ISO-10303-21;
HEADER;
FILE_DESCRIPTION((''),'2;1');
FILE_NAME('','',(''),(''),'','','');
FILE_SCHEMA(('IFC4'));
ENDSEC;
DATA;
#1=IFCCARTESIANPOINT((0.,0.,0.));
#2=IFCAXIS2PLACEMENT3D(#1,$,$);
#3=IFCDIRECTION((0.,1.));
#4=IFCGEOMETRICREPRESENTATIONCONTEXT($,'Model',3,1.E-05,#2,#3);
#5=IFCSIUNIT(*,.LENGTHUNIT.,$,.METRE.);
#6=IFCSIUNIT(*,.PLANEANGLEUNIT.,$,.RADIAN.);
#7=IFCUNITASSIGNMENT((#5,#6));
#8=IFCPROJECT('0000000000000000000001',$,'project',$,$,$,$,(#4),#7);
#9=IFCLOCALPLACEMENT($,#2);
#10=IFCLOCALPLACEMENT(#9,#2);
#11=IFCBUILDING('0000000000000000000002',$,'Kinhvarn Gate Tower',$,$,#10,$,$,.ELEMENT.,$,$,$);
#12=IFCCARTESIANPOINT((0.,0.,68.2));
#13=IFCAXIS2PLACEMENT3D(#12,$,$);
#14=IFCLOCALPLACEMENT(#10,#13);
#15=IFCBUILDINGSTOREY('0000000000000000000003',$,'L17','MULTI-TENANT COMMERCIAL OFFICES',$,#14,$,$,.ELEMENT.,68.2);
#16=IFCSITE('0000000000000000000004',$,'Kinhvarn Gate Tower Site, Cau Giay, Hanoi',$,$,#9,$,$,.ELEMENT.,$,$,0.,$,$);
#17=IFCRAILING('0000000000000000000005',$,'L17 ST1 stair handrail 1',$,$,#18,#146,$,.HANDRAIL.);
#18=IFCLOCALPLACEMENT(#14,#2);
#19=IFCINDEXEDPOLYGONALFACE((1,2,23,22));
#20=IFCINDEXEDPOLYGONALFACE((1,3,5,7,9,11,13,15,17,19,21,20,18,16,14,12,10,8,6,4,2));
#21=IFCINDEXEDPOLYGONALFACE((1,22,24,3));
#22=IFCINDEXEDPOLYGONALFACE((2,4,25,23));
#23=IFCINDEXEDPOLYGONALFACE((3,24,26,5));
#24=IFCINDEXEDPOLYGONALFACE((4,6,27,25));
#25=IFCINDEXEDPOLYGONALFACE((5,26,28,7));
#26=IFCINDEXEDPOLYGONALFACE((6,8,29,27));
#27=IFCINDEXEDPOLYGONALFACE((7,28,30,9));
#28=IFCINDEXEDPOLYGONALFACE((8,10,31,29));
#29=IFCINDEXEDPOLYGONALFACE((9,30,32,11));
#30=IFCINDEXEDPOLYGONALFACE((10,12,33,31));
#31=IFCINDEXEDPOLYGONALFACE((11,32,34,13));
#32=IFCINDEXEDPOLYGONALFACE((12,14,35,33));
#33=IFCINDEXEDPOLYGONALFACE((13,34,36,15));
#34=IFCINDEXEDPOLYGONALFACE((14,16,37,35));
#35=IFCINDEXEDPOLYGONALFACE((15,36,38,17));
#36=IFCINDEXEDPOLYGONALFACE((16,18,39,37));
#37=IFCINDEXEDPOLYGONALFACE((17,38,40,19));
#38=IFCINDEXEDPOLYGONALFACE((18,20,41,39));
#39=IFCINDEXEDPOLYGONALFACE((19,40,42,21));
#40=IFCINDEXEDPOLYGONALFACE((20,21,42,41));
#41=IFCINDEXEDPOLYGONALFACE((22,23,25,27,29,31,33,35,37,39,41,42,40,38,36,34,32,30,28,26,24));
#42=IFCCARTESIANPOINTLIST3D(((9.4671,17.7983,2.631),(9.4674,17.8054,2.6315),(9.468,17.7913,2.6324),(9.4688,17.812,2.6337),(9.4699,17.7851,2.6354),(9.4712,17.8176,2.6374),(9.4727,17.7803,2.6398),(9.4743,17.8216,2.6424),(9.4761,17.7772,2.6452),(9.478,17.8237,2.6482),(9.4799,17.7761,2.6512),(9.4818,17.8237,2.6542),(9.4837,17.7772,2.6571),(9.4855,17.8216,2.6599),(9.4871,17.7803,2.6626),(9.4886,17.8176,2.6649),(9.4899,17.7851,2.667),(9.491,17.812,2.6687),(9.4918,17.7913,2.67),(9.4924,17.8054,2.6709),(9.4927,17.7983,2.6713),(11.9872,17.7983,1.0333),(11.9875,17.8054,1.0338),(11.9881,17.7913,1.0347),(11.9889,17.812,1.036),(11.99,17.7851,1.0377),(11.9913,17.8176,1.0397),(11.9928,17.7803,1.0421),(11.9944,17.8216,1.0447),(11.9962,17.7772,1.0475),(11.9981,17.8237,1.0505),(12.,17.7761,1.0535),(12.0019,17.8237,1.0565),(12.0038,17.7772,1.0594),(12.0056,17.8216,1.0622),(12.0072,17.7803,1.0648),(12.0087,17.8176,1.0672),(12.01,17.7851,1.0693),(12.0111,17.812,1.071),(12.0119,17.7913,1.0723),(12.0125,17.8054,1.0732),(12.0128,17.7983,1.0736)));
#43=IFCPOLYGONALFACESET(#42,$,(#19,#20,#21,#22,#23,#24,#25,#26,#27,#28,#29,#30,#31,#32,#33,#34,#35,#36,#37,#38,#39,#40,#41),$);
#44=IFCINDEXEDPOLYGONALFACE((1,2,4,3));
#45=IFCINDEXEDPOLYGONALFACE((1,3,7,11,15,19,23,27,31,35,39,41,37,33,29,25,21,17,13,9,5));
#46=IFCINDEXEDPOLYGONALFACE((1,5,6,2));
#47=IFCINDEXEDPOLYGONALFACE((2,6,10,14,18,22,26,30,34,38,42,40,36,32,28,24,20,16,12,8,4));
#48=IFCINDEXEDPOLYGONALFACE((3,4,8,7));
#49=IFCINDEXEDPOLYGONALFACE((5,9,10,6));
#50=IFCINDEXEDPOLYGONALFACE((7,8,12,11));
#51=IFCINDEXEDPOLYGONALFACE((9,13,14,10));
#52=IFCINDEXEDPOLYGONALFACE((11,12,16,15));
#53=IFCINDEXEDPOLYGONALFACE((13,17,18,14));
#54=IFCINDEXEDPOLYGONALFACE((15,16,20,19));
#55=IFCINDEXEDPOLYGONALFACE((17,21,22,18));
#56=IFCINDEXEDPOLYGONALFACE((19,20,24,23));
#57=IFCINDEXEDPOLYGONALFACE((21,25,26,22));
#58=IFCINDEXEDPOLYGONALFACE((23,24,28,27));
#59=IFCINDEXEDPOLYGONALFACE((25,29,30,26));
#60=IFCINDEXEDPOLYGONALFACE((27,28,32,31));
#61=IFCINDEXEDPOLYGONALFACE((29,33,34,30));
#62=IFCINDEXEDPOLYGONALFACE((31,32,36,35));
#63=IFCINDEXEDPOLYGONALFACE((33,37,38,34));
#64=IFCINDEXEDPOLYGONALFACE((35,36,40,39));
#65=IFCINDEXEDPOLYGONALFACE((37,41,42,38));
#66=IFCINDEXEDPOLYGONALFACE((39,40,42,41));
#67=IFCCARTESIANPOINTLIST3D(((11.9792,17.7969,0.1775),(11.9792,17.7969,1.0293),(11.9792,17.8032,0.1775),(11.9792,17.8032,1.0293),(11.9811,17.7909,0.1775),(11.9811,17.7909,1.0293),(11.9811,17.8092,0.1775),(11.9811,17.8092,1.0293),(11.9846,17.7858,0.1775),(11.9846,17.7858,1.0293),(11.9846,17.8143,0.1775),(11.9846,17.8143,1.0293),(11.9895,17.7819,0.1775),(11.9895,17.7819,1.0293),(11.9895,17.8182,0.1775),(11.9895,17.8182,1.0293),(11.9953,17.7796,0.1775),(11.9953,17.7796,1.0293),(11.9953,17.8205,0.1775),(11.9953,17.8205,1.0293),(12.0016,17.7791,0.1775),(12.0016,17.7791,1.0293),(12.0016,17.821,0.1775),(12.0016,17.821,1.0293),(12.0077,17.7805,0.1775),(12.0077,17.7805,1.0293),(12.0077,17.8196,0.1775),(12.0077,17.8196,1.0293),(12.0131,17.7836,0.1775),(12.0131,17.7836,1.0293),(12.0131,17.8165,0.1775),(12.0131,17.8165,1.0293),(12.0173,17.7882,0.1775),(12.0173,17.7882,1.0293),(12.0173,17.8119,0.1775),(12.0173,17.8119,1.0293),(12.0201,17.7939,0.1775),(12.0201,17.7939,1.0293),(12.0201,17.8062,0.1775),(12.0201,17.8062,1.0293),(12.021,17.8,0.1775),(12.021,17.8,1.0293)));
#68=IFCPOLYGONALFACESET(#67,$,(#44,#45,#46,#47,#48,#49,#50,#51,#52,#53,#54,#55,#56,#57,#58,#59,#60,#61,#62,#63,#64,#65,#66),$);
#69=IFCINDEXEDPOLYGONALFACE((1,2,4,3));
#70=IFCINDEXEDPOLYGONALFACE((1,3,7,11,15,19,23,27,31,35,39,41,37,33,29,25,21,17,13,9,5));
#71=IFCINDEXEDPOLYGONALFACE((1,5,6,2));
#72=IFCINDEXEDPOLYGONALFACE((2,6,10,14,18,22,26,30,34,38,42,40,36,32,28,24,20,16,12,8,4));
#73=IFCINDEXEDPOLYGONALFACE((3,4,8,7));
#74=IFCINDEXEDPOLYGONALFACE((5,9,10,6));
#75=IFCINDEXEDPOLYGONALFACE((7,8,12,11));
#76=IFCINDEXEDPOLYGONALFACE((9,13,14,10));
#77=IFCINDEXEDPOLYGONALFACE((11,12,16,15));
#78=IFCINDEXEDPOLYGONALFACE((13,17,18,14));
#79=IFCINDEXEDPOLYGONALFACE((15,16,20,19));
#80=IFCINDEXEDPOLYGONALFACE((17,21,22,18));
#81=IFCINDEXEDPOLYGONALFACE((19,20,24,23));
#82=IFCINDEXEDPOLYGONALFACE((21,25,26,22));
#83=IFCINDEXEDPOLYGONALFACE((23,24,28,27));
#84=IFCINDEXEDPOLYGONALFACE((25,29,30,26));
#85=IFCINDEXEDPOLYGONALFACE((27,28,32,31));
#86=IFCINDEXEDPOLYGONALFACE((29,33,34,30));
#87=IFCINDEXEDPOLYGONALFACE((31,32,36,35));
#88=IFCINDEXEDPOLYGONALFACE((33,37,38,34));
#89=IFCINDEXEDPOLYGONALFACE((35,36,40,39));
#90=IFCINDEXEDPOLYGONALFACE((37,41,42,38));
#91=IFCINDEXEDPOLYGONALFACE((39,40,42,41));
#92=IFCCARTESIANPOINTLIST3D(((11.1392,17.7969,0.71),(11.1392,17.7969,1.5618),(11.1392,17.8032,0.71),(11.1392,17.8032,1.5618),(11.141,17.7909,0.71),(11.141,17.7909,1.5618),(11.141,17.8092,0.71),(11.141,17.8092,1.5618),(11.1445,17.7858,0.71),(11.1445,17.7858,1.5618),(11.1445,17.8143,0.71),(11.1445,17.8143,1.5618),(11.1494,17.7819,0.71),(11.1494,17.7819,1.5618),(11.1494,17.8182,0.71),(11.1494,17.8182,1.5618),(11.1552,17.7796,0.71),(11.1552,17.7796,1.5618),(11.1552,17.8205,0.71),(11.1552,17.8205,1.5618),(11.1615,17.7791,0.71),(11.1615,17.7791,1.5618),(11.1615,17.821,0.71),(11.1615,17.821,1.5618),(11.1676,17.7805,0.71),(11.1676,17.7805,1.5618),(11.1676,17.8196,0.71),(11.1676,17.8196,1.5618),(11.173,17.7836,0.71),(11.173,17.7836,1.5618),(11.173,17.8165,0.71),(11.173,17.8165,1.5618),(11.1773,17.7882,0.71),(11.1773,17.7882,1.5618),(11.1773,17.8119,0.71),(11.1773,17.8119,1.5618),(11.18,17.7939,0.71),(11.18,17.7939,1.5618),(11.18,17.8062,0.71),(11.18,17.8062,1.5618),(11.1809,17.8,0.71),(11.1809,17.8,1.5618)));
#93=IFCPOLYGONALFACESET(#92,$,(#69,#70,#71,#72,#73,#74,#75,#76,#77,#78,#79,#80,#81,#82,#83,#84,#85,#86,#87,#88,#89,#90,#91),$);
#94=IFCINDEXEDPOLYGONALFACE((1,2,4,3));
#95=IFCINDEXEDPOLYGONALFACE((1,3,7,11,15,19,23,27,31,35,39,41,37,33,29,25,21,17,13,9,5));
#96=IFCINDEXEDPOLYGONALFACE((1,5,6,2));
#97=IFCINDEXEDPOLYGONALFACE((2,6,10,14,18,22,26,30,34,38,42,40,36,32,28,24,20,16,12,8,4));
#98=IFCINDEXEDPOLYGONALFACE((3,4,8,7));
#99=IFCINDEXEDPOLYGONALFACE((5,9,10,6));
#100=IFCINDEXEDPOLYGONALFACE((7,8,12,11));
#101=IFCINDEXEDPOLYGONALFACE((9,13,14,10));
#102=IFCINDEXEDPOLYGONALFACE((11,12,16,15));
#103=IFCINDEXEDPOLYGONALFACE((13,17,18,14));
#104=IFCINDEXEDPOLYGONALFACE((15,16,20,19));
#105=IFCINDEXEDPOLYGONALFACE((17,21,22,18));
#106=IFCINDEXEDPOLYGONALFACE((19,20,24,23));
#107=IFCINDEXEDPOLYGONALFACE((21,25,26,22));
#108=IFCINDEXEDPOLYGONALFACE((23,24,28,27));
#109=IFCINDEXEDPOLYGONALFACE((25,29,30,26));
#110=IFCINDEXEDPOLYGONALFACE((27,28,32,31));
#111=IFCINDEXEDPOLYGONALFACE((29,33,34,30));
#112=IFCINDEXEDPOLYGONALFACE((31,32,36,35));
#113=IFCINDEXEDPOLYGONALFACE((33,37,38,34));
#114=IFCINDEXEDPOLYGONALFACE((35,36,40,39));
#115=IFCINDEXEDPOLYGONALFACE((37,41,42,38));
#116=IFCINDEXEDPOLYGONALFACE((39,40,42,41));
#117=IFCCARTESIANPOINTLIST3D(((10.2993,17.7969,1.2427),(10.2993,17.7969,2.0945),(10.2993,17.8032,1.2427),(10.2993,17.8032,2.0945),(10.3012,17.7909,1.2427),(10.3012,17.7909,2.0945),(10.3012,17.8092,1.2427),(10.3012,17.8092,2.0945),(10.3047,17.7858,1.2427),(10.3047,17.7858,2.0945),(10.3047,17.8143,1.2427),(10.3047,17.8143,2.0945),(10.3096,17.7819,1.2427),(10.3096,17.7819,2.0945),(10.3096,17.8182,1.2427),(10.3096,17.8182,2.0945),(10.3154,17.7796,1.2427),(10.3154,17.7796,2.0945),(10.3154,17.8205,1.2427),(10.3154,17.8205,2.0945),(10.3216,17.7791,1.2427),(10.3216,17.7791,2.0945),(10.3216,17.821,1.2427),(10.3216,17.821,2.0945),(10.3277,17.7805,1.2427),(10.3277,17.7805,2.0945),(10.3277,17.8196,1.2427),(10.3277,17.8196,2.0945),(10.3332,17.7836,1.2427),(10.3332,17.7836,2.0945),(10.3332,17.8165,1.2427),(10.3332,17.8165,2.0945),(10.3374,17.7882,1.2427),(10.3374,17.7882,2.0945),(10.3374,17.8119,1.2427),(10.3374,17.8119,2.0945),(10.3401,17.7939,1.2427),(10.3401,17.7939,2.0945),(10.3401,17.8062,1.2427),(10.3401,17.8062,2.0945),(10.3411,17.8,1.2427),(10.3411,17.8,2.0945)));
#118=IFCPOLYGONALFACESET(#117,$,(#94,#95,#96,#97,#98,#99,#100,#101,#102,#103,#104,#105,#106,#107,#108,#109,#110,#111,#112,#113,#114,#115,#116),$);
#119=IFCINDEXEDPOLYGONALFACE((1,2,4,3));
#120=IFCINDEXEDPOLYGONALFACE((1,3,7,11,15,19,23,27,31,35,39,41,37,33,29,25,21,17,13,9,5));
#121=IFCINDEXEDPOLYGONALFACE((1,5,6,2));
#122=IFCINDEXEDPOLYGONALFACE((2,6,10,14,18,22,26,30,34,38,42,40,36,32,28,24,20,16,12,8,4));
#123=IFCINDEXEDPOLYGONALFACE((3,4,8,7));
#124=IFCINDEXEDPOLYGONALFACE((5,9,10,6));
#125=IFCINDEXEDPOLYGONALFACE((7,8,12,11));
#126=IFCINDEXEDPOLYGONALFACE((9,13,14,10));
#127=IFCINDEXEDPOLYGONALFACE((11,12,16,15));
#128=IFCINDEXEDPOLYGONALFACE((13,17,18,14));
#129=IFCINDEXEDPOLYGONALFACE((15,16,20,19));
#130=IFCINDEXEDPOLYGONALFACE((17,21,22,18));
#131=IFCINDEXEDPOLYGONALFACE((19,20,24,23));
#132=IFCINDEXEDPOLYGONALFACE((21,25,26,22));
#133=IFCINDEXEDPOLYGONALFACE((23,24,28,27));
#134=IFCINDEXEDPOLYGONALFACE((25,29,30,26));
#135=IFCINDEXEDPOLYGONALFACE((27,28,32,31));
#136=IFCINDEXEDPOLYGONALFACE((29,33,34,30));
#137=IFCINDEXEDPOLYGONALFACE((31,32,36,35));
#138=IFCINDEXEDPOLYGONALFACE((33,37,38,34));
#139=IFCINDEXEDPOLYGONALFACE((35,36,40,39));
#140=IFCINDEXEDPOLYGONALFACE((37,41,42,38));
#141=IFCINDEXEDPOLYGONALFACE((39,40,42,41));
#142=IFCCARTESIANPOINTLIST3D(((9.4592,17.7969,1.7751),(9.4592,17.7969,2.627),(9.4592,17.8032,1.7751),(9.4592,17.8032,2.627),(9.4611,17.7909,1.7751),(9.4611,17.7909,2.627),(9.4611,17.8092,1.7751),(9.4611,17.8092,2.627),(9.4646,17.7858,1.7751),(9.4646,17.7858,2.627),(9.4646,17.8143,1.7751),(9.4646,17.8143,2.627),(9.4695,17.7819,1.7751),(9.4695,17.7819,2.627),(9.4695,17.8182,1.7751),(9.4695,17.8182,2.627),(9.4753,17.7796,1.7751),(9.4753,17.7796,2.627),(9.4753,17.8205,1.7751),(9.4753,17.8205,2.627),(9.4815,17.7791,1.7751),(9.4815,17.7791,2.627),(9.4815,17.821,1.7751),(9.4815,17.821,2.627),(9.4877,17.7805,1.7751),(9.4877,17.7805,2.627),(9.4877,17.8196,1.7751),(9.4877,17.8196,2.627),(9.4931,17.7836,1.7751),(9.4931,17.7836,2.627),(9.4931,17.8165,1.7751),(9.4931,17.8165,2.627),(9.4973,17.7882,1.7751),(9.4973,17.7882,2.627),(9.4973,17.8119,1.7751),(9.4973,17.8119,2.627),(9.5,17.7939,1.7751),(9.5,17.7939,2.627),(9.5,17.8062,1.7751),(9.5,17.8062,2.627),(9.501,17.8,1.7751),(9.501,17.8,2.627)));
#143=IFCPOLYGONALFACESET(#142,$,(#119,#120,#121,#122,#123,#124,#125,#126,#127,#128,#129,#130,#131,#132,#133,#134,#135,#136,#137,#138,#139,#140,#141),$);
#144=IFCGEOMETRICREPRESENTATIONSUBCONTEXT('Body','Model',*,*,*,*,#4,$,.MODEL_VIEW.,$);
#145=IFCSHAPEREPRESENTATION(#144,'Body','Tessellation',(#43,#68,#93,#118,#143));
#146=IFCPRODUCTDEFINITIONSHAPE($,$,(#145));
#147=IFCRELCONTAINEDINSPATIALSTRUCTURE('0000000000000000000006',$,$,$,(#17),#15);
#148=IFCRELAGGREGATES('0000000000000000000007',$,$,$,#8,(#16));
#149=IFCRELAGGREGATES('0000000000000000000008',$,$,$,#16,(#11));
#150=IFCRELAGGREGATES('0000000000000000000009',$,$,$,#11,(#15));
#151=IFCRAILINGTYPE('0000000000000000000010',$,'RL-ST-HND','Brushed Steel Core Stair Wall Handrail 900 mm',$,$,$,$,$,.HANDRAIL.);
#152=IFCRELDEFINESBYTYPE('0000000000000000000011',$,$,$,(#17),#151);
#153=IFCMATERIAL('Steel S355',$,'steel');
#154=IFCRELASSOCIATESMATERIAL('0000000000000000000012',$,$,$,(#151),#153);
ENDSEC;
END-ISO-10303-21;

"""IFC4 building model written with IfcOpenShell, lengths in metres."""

from ifc_helpers import new_model, si_unit, direction, frame, origin, origin_2d, place, context, subcontext, project, spatial, circle, extrude, material, type_object, element, save


model = new_model("IFC4")

# Units and contexts
model_context = context("Model", 3, precision=1e-05, world=origin(), true_north=direction((0.0, 1.0)))
body_context = subcontext(model_context, "Body", "Model", "MODEL_VIEW")
ifc_project = project(units=[si_unit("LENGTHUNIT", "METRE"), si_unit("PLANEANGLEUNIT", "RADIAN")], contexts=[model_context])

# Site, building, storey
site_placement = place(None, origin())
site = spatial("IfcSite", under=ifc_project, at=site_placement, Name="Kinhvarn Gate Tower Site, Cau Giay, Hanoi", CompositionType="ELEMENT", RefElevation=0.0)
building_placement = place(site_placement, origin())
building = spatial("IfcBuilding", under=site, at=building_placement, Name="Kinhvarn Gate Tower", CompositionType="ELEMENT")
storey_placement = place(building_placement, frame((0.0, 0.0, 68.2)))
storey = spatial("IfcBuildingStorey", under=building, at=storey_placement, Name="L17", Description="MULTI-TENANT COMMERCIAL OFFICES", CompositionType="ELEMENT", Elevation=68.2)

# Shared definitions
ifc_material_1 = material(Name="Steel S355", Category="steel")

# Railing
railing_type_1 = type_object("IfcRailingType", Name="RL-ST-HND", Description="Brushed Steel Core Stair Wall Handrail 900 mm", PredefinedType="HANDRAIL", material=ifc_material_1)
railing_1_placement = place(storey_placement, frame((12.0, 17.8, 0.1775)))
element("IfcRailing", 1, at=railing_1_placement, inside=storey, type_object=railing_type_1, Name="L17 ST1 stair handrail 1", PredefinedType="HANDRAIL", context=body_context, shape_type="SweptSolid", body=[
    extrude(circle(Radius=0.0239, at=origin_2d()), frame((0.0, 0.0, 0.876), z_axis=(-0.84457, 0.0, 0.535445), x_axis=(0.0, -1.0, 0.0)), (0.0, 0.0, 1.0), 2.9839),
    extrude(circle(Radius=0.021, at=origin_2d()), origin(), (0.0, 0.0, 1.0), 0.8518),
    extrude(circle(Radius=0.021, at=origin_2d()), frame((-0.8401, 0.0, 0.5325)), (0.0, 0.0, 1.0), 0.8518),
    extrude(circle(Radius=0.021, at=origin_2d()), frame((-1.6799, 0.0, 1.0652)), (0.0, 0.0, 1.0), 0.8518),
    extrude(circle(Radius=0.021, at=origin_2d()), frame((-2.52, 0.0, 1.5977)), (0.0, 0.0, 1.0), 0.8518),
])

save(model, "model.ifc")
